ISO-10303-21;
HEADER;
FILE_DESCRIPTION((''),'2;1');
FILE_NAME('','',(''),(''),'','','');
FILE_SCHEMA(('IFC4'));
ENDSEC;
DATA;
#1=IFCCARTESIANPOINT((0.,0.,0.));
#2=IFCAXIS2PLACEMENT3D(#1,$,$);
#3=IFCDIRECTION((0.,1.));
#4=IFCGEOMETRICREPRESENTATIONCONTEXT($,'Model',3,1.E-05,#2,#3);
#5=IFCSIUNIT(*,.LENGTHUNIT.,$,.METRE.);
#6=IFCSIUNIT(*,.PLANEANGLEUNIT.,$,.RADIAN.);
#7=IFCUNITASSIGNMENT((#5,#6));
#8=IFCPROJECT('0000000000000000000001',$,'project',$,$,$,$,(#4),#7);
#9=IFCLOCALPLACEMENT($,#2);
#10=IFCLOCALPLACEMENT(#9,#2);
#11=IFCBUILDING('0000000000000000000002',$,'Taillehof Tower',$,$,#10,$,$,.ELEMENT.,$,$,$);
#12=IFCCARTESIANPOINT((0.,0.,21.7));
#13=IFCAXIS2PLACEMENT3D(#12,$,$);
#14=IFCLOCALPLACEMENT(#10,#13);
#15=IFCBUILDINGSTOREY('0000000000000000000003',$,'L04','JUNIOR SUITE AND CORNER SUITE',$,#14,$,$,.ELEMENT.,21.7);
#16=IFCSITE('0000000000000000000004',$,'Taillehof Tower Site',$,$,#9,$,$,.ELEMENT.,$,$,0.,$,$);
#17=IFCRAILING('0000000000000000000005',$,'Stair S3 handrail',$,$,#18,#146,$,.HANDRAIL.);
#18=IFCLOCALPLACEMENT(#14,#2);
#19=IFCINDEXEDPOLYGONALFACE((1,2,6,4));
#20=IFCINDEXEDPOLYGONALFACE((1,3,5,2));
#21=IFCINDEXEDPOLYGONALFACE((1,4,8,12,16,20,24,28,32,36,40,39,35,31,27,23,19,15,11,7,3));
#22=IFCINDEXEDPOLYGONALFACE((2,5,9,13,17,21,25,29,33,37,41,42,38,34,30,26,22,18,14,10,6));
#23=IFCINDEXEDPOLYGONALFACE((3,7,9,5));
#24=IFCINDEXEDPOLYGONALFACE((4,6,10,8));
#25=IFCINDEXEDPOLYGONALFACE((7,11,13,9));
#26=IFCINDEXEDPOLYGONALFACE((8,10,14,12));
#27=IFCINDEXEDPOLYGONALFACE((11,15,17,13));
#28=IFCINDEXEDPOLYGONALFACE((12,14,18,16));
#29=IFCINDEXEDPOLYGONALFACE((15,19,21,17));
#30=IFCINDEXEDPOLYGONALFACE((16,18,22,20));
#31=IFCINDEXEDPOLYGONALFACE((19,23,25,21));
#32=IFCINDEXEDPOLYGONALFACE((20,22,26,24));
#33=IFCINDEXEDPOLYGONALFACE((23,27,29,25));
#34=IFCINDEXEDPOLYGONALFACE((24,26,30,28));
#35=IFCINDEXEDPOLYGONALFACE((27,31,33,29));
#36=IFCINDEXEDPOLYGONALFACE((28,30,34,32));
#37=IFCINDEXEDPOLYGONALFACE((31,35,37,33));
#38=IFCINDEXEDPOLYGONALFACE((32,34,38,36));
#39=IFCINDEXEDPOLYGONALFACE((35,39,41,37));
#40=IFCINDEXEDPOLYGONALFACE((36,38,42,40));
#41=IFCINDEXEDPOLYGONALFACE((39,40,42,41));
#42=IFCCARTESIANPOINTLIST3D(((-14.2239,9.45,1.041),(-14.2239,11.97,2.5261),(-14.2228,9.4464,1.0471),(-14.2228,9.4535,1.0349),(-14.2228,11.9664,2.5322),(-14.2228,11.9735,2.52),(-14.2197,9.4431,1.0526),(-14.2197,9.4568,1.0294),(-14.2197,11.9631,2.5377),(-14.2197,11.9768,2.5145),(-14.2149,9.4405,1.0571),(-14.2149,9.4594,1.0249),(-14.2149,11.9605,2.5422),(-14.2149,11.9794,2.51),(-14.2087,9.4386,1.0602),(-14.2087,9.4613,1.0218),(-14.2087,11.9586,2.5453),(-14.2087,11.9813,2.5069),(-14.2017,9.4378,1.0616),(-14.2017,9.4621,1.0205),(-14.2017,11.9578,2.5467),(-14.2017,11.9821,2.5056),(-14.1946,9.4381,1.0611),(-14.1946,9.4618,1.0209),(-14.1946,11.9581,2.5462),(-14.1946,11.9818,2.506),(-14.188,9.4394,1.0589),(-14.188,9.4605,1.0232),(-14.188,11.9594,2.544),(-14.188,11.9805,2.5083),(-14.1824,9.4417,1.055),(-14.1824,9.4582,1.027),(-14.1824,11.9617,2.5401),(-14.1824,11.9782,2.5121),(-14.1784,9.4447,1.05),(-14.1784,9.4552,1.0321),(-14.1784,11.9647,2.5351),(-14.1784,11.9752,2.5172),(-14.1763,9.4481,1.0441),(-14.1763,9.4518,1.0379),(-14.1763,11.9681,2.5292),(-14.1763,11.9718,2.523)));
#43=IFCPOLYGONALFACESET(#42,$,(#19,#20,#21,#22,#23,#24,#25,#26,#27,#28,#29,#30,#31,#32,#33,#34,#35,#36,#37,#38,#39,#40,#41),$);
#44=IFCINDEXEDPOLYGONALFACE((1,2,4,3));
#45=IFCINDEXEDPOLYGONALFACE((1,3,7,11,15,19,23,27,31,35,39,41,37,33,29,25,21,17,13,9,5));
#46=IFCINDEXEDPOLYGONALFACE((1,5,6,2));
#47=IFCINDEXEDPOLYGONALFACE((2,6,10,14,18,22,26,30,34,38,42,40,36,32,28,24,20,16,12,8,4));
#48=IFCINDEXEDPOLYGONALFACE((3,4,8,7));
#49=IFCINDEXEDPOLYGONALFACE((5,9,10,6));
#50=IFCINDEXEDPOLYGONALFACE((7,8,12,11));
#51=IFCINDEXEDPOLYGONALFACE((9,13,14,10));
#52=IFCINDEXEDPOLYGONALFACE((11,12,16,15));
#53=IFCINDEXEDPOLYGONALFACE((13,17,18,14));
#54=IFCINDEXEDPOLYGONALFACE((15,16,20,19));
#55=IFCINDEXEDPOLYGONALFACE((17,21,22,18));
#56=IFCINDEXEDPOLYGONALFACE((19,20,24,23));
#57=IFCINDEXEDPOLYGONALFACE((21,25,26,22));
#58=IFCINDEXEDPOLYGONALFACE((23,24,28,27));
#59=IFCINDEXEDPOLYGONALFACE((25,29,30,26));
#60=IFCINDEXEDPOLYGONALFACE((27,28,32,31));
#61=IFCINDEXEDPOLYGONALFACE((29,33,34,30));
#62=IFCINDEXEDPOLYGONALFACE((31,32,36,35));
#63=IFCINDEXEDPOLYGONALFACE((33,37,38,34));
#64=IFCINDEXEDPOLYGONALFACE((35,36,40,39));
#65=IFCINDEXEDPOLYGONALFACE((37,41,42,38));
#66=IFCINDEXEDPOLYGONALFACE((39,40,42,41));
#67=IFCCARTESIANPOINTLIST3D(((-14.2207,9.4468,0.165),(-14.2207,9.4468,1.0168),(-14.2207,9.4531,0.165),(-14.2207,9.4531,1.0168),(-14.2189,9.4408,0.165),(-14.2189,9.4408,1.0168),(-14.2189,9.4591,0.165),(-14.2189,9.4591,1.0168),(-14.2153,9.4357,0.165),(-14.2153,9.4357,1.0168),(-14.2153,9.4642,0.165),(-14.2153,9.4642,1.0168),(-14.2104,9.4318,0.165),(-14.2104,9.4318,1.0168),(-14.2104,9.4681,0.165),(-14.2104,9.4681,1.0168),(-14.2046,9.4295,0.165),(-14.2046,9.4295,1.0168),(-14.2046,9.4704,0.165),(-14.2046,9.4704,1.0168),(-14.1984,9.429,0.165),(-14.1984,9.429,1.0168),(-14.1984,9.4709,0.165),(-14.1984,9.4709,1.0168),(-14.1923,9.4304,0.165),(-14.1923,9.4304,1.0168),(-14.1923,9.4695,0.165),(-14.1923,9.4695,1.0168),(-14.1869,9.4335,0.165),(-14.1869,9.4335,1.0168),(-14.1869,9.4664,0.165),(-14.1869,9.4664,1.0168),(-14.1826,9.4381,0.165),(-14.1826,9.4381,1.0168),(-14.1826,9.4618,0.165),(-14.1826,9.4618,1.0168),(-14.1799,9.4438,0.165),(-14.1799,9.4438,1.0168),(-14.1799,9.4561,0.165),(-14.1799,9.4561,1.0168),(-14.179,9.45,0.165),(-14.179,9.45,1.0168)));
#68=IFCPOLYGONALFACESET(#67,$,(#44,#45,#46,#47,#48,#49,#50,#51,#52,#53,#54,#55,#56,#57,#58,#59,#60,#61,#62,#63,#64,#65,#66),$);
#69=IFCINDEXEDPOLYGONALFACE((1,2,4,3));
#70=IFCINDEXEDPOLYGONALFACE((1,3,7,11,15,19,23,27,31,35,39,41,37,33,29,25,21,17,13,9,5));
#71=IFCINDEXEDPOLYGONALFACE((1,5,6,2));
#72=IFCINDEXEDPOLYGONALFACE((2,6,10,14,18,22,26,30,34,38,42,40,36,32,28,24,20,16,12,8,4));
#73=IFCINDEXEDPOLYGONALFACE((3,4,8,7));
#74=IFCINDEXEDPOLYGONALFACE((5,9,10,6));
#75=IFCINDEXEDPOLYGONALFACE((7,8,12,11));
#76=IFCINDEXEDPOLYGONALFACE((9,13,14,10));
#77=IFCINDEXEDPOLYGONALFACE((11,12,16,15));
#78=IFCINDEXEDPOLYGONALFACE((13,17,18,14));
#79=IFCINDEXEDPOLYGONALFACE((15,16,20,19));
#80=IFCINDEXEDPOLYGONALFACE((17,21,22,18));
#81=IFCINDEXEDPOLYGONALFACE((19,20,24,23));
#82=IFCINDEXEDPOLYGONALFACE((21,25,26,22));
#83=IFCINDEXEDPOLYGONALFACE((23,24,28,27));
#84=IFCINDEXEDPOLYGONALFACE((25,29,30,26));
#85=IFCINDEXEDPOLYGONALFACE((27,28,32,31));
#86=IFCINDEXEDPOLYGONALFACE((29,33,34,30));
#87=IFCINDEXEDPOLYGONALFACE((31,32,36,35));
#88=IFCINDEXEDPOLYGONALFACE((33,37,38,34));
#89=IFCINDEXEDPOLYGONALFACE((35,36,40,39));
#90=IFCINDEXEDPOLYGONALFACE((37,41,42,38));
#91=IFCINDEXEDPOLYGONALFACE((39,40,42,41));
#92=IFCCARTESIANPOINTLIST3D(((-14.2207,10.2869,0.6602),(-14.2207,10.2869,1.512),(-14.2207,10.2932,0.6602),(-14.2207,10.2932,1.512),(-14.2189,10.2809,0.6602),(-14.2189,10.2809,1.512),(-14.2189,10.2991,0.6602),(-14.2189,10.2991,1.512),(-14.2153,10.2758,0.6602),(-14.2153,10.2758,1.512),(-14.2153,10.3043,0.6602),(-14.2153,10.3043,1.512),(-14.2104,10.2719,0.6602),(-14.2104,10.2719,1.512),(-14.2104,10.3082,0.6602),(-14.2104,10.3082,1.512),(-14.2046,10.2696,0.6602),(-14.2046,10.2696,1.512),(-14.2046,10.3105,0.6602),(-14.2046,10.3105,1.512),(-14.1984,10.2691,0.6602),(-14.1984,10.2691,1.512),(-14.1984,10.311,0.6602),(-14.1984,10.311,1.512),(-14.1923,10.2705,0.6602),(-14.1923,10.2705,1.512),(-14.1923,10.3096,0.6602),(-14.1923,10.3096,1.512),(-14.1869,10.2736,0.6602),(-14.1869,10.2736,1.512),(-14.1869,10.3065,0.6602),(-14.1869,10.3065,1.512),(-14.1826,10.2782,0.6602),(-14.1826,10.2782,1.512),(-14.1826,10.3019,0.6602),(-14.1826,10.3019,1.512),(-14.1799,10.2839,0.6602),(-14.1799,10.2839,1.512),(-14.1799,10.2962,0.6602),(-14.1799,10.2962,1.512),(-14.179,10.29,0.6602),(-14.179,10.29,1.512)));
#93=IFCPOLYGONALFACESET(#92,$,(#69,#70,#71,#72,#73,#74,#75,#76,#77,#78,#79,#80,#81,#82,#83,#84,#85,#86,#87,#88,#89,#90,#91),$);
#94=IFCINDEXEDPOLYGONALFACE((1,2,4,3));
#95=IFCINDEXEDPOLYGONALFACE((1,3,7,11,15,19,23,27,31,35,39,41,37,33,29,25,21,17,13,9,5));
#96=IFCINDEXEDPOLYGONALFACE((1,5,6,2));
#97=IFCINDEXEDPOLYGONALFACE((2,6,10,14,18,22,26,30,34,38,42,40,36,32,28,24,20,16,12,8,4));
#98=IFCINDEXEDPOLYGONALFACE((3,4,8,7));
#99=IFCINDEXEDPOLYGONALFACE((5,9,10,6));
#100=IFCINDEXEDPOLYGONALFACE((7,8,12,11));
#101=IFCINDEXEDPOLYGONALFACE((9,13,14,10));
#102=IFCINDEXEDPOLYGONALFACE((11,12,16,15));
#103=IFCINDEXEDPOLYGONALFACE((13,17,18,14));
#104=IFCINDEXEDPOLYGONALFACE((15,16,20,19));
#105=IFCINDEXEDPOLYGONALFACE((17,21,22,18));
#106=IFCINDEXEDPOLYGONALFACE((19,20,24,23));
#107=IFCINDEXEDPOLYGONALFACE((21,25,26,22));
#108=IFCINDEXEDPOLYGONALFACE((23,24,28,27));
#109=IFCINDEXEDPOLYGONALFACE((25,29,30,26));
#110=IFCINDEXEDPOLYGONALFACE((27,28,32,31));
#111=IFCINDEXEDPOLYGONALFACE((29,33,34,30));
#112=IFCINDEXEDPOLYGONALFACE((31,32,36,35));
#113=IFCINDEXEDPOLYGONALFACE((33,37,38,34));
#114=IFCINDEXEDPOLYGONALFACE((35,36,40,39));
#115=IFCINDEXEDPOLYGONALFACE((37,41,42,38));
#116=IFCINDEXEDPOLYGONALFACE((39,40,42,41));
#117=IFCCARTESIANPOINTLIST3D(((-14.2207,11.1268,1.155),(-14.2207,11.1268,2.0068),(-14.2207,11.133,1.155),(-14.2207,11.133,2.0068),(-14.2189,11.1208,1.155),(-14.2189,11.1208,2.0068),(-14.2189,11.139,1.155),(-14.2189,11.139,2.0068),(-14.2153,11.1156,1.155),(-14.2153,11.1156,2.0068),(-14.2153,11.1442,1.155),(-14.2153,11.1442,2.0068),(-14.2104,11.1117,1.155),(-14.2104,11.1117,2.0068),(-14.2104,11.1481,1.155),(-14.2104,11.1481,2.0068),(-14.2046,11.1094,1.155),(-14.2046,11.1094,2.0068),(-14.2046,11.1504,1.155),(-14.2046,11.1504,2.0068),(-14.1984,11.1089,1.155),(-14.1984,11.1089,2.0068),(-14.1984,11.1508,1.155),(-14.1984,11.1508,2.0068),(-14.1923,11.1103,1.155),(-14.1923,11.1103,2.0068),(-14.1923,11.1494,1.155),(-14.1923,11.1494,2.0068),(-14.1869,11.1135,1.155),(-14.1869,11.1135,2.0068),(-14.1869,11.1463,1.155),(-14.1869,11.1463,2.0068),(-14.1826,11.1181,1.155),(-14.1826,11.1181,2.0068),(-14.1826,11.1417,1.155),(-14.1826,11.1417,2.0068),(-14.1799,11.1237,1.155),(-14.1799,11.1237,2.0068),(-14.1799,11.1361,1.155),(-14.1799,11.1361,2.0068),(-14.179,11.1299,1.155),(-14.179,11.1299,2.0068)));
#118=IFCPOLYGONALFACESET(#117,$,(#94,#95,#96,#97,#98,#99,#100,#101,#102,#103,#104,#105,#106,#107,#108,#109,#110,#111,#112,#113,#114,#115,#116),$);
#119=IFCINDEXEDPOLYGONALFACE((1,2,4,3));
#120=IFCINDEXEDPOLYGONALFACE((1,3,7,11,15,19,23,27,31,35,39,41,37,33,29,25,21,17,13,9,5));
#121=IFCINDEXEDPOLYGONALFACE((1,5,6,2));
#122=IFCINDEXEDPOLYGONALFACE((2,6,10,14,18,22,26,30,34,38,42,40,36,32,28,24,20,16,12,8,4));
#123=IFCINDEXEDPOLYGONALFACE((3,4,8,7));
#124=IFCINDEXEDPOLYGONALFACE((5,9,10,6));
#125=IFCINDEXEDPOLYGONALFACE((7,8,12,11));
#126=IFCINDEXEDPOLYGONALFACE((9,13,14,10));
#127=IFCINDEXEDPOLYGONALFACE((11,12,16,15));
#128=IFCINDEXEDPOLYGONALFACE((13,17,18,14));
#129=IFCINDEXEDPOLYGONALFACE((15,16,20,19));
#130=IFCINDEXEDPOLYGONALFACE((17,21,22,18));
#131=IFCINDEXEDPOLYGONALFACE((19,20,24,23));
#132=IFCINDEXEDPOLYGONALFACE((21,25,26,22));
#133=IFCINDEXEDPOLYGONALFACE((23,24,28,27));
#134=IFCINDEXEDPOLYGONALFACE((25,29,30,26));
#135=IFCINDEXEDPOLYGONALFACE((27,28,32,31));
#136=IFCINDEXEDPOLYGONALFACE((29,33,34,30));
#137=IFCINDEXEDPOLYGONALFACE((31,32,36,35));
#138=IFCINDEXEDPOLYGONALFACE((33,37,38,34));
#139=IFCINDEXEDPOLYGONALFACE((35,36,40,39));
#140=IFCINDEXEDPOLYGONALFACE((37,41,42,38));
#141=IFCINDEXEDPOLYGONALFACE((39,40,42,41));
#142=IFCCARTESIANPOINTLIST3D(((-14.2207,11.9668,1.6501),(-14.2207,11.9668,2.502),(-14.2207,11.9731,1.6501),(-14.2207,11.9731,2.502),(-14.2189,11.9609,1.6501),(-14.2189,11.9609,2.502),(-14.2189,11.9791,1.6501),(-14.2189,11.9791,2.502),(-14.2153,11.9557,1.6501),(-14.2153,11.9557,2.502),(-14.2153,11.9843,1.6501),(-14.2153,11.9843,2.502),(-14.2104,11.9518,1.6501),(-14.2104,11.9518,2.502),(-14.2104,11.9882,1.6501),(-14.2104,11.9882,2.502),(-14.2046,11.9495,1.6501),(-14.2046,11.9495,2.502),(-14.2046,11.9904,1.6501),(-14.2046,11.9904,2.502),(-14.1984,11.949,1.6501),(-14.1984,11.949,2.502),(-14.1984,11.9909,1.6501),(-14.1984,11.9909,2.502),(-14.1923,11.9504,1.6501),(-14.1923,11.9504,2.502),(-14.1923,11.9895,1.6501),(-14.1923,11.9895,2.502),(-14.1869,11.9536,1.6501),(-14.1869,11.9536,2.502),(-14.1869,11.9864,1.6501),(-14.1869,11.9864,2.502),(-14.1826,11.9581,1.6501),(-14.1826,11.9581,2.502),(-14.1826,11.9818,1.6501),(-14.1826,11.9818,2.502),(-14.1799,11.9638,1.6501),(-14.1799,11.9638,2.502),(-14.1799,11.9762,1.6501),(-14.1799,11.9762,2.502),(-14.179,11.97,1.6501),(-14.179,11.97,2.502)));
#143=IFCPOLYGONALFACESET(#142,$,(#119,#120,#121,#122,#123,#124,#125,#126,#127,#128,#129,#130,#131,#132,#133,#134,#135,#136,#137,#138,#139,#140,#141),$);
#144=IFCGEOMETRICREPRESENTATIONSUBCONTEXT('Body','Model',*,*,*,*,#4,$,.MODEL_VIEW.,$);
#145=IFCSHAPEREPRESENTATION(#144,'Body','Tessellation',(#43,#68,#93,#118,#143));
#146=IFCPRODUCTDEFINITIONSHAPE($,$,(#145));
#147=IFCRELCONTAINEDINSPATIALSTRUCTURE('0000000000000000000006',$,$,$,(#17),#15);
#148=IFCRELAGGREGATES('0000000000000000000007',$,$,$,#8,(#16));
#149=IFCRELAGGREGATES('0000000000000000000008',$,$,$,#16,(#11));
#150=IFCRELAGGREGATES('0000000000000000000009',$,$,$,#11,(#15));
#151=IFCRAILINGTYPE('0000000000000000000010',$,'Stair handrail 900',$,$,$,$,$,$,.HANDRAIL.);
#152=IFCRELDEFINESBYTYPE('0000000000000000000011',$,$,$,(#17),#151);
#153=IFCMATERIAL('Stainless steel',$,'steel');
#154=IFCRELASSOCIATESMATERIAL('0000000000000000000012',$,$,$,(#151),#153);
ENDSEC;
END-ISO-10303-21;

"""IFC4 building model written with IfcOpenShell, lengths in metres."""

from ifc_helpers import new_model, si_unit, direction, frame, origin, origin_2d, place, context, subcontext, project, spatial, circle, extrude, material, type_object, element, save


model = new_model("IFC4")

# Units and contexts
model_context = context("Model", 3, precision=1e-05, world=origin(), true_north=direction((0.0, 1.0)))
body_context = subcontext(model_context, "Body", "Model", "MODEL_VIEW")
ifc_project = project(units=[si_unit("LENGTHUNIT", "METRE"), si_unit("PLANEANGLEUNIT", "RADIAN")], contexts=[model_context])

# Site, building, storey
site_placement = place(None, origin())
site = spatial("IfcSite", under=ifc_project, at=site_placement, Name="Taillehof Tower Site", CompositionType="ELEMENT", RefElevation=0.0)
building_placement = place(site_placement, origin())
building = spatial("IfcBuilding", under=site, at=building_placement, Name="Taillehof Tower", CompositionType="ELEMENT")
storey_placement = place(building_placement, frame((0.0, 0.0, 21.7)))
storey = spatial("IfcBuildingStorey", under=building, at=storey_placement, Name="L04", Description="JUNIOR SUITE AND CORNER SUITE", CompositionType="ELEMENT", Elevation=21.7)

# Railing
ifc_material_1 = material(Name="Stainless steel", Category="steel")
railing_type = type_object("IfcRailingType", Name="Stair handrail 900", PredefinedType="HANDRAIL", material=ifc_material_1)
railing_placement = place(storey_placement, frame((-14.2, 9.45, 0.165)))
element("IfcRailing", 1, at=railing_placement, inside=storey, type_object=railing_type, Name="Stair S3 handrail", PredefinedType="HANDRAIL", context=body_context, shape_type="SweptSolid", body=[
    extrude(circle(Radius=0.0239, at=origin_2d()), frame((0.0, 0.0, 0.876), z_axis=(0.0, 0.861524, 0.507717), x_axis=(-1.0, 0.0, 0.0)), (0.0, 0.0, 1.0), 2.925),
    extrude(circle(Radius=0.021, at=origin_2d()), origin(), (0.0, 0.0, 1.0), 0.8518),
    extrude(circle(Radius=0.021, at=origin_2d()), frame((0.0, 0.8401, 0.4951)), (0.0, 0.0, 1.0), 0.8518),
    extrude(circle(Radius=0.021, at=origin_2d()), frame((0.0, 1.6799, 0.99)), (0.0, 0.0, 1.0), 0.8518),
    extrude(circle(Radius=0.021, at=origin_2d()), frame((0.0, 2.52, 1.4851)), (0.0, 0.0, 1.0), 0.8518),
])

save(model, "model.ifc")
